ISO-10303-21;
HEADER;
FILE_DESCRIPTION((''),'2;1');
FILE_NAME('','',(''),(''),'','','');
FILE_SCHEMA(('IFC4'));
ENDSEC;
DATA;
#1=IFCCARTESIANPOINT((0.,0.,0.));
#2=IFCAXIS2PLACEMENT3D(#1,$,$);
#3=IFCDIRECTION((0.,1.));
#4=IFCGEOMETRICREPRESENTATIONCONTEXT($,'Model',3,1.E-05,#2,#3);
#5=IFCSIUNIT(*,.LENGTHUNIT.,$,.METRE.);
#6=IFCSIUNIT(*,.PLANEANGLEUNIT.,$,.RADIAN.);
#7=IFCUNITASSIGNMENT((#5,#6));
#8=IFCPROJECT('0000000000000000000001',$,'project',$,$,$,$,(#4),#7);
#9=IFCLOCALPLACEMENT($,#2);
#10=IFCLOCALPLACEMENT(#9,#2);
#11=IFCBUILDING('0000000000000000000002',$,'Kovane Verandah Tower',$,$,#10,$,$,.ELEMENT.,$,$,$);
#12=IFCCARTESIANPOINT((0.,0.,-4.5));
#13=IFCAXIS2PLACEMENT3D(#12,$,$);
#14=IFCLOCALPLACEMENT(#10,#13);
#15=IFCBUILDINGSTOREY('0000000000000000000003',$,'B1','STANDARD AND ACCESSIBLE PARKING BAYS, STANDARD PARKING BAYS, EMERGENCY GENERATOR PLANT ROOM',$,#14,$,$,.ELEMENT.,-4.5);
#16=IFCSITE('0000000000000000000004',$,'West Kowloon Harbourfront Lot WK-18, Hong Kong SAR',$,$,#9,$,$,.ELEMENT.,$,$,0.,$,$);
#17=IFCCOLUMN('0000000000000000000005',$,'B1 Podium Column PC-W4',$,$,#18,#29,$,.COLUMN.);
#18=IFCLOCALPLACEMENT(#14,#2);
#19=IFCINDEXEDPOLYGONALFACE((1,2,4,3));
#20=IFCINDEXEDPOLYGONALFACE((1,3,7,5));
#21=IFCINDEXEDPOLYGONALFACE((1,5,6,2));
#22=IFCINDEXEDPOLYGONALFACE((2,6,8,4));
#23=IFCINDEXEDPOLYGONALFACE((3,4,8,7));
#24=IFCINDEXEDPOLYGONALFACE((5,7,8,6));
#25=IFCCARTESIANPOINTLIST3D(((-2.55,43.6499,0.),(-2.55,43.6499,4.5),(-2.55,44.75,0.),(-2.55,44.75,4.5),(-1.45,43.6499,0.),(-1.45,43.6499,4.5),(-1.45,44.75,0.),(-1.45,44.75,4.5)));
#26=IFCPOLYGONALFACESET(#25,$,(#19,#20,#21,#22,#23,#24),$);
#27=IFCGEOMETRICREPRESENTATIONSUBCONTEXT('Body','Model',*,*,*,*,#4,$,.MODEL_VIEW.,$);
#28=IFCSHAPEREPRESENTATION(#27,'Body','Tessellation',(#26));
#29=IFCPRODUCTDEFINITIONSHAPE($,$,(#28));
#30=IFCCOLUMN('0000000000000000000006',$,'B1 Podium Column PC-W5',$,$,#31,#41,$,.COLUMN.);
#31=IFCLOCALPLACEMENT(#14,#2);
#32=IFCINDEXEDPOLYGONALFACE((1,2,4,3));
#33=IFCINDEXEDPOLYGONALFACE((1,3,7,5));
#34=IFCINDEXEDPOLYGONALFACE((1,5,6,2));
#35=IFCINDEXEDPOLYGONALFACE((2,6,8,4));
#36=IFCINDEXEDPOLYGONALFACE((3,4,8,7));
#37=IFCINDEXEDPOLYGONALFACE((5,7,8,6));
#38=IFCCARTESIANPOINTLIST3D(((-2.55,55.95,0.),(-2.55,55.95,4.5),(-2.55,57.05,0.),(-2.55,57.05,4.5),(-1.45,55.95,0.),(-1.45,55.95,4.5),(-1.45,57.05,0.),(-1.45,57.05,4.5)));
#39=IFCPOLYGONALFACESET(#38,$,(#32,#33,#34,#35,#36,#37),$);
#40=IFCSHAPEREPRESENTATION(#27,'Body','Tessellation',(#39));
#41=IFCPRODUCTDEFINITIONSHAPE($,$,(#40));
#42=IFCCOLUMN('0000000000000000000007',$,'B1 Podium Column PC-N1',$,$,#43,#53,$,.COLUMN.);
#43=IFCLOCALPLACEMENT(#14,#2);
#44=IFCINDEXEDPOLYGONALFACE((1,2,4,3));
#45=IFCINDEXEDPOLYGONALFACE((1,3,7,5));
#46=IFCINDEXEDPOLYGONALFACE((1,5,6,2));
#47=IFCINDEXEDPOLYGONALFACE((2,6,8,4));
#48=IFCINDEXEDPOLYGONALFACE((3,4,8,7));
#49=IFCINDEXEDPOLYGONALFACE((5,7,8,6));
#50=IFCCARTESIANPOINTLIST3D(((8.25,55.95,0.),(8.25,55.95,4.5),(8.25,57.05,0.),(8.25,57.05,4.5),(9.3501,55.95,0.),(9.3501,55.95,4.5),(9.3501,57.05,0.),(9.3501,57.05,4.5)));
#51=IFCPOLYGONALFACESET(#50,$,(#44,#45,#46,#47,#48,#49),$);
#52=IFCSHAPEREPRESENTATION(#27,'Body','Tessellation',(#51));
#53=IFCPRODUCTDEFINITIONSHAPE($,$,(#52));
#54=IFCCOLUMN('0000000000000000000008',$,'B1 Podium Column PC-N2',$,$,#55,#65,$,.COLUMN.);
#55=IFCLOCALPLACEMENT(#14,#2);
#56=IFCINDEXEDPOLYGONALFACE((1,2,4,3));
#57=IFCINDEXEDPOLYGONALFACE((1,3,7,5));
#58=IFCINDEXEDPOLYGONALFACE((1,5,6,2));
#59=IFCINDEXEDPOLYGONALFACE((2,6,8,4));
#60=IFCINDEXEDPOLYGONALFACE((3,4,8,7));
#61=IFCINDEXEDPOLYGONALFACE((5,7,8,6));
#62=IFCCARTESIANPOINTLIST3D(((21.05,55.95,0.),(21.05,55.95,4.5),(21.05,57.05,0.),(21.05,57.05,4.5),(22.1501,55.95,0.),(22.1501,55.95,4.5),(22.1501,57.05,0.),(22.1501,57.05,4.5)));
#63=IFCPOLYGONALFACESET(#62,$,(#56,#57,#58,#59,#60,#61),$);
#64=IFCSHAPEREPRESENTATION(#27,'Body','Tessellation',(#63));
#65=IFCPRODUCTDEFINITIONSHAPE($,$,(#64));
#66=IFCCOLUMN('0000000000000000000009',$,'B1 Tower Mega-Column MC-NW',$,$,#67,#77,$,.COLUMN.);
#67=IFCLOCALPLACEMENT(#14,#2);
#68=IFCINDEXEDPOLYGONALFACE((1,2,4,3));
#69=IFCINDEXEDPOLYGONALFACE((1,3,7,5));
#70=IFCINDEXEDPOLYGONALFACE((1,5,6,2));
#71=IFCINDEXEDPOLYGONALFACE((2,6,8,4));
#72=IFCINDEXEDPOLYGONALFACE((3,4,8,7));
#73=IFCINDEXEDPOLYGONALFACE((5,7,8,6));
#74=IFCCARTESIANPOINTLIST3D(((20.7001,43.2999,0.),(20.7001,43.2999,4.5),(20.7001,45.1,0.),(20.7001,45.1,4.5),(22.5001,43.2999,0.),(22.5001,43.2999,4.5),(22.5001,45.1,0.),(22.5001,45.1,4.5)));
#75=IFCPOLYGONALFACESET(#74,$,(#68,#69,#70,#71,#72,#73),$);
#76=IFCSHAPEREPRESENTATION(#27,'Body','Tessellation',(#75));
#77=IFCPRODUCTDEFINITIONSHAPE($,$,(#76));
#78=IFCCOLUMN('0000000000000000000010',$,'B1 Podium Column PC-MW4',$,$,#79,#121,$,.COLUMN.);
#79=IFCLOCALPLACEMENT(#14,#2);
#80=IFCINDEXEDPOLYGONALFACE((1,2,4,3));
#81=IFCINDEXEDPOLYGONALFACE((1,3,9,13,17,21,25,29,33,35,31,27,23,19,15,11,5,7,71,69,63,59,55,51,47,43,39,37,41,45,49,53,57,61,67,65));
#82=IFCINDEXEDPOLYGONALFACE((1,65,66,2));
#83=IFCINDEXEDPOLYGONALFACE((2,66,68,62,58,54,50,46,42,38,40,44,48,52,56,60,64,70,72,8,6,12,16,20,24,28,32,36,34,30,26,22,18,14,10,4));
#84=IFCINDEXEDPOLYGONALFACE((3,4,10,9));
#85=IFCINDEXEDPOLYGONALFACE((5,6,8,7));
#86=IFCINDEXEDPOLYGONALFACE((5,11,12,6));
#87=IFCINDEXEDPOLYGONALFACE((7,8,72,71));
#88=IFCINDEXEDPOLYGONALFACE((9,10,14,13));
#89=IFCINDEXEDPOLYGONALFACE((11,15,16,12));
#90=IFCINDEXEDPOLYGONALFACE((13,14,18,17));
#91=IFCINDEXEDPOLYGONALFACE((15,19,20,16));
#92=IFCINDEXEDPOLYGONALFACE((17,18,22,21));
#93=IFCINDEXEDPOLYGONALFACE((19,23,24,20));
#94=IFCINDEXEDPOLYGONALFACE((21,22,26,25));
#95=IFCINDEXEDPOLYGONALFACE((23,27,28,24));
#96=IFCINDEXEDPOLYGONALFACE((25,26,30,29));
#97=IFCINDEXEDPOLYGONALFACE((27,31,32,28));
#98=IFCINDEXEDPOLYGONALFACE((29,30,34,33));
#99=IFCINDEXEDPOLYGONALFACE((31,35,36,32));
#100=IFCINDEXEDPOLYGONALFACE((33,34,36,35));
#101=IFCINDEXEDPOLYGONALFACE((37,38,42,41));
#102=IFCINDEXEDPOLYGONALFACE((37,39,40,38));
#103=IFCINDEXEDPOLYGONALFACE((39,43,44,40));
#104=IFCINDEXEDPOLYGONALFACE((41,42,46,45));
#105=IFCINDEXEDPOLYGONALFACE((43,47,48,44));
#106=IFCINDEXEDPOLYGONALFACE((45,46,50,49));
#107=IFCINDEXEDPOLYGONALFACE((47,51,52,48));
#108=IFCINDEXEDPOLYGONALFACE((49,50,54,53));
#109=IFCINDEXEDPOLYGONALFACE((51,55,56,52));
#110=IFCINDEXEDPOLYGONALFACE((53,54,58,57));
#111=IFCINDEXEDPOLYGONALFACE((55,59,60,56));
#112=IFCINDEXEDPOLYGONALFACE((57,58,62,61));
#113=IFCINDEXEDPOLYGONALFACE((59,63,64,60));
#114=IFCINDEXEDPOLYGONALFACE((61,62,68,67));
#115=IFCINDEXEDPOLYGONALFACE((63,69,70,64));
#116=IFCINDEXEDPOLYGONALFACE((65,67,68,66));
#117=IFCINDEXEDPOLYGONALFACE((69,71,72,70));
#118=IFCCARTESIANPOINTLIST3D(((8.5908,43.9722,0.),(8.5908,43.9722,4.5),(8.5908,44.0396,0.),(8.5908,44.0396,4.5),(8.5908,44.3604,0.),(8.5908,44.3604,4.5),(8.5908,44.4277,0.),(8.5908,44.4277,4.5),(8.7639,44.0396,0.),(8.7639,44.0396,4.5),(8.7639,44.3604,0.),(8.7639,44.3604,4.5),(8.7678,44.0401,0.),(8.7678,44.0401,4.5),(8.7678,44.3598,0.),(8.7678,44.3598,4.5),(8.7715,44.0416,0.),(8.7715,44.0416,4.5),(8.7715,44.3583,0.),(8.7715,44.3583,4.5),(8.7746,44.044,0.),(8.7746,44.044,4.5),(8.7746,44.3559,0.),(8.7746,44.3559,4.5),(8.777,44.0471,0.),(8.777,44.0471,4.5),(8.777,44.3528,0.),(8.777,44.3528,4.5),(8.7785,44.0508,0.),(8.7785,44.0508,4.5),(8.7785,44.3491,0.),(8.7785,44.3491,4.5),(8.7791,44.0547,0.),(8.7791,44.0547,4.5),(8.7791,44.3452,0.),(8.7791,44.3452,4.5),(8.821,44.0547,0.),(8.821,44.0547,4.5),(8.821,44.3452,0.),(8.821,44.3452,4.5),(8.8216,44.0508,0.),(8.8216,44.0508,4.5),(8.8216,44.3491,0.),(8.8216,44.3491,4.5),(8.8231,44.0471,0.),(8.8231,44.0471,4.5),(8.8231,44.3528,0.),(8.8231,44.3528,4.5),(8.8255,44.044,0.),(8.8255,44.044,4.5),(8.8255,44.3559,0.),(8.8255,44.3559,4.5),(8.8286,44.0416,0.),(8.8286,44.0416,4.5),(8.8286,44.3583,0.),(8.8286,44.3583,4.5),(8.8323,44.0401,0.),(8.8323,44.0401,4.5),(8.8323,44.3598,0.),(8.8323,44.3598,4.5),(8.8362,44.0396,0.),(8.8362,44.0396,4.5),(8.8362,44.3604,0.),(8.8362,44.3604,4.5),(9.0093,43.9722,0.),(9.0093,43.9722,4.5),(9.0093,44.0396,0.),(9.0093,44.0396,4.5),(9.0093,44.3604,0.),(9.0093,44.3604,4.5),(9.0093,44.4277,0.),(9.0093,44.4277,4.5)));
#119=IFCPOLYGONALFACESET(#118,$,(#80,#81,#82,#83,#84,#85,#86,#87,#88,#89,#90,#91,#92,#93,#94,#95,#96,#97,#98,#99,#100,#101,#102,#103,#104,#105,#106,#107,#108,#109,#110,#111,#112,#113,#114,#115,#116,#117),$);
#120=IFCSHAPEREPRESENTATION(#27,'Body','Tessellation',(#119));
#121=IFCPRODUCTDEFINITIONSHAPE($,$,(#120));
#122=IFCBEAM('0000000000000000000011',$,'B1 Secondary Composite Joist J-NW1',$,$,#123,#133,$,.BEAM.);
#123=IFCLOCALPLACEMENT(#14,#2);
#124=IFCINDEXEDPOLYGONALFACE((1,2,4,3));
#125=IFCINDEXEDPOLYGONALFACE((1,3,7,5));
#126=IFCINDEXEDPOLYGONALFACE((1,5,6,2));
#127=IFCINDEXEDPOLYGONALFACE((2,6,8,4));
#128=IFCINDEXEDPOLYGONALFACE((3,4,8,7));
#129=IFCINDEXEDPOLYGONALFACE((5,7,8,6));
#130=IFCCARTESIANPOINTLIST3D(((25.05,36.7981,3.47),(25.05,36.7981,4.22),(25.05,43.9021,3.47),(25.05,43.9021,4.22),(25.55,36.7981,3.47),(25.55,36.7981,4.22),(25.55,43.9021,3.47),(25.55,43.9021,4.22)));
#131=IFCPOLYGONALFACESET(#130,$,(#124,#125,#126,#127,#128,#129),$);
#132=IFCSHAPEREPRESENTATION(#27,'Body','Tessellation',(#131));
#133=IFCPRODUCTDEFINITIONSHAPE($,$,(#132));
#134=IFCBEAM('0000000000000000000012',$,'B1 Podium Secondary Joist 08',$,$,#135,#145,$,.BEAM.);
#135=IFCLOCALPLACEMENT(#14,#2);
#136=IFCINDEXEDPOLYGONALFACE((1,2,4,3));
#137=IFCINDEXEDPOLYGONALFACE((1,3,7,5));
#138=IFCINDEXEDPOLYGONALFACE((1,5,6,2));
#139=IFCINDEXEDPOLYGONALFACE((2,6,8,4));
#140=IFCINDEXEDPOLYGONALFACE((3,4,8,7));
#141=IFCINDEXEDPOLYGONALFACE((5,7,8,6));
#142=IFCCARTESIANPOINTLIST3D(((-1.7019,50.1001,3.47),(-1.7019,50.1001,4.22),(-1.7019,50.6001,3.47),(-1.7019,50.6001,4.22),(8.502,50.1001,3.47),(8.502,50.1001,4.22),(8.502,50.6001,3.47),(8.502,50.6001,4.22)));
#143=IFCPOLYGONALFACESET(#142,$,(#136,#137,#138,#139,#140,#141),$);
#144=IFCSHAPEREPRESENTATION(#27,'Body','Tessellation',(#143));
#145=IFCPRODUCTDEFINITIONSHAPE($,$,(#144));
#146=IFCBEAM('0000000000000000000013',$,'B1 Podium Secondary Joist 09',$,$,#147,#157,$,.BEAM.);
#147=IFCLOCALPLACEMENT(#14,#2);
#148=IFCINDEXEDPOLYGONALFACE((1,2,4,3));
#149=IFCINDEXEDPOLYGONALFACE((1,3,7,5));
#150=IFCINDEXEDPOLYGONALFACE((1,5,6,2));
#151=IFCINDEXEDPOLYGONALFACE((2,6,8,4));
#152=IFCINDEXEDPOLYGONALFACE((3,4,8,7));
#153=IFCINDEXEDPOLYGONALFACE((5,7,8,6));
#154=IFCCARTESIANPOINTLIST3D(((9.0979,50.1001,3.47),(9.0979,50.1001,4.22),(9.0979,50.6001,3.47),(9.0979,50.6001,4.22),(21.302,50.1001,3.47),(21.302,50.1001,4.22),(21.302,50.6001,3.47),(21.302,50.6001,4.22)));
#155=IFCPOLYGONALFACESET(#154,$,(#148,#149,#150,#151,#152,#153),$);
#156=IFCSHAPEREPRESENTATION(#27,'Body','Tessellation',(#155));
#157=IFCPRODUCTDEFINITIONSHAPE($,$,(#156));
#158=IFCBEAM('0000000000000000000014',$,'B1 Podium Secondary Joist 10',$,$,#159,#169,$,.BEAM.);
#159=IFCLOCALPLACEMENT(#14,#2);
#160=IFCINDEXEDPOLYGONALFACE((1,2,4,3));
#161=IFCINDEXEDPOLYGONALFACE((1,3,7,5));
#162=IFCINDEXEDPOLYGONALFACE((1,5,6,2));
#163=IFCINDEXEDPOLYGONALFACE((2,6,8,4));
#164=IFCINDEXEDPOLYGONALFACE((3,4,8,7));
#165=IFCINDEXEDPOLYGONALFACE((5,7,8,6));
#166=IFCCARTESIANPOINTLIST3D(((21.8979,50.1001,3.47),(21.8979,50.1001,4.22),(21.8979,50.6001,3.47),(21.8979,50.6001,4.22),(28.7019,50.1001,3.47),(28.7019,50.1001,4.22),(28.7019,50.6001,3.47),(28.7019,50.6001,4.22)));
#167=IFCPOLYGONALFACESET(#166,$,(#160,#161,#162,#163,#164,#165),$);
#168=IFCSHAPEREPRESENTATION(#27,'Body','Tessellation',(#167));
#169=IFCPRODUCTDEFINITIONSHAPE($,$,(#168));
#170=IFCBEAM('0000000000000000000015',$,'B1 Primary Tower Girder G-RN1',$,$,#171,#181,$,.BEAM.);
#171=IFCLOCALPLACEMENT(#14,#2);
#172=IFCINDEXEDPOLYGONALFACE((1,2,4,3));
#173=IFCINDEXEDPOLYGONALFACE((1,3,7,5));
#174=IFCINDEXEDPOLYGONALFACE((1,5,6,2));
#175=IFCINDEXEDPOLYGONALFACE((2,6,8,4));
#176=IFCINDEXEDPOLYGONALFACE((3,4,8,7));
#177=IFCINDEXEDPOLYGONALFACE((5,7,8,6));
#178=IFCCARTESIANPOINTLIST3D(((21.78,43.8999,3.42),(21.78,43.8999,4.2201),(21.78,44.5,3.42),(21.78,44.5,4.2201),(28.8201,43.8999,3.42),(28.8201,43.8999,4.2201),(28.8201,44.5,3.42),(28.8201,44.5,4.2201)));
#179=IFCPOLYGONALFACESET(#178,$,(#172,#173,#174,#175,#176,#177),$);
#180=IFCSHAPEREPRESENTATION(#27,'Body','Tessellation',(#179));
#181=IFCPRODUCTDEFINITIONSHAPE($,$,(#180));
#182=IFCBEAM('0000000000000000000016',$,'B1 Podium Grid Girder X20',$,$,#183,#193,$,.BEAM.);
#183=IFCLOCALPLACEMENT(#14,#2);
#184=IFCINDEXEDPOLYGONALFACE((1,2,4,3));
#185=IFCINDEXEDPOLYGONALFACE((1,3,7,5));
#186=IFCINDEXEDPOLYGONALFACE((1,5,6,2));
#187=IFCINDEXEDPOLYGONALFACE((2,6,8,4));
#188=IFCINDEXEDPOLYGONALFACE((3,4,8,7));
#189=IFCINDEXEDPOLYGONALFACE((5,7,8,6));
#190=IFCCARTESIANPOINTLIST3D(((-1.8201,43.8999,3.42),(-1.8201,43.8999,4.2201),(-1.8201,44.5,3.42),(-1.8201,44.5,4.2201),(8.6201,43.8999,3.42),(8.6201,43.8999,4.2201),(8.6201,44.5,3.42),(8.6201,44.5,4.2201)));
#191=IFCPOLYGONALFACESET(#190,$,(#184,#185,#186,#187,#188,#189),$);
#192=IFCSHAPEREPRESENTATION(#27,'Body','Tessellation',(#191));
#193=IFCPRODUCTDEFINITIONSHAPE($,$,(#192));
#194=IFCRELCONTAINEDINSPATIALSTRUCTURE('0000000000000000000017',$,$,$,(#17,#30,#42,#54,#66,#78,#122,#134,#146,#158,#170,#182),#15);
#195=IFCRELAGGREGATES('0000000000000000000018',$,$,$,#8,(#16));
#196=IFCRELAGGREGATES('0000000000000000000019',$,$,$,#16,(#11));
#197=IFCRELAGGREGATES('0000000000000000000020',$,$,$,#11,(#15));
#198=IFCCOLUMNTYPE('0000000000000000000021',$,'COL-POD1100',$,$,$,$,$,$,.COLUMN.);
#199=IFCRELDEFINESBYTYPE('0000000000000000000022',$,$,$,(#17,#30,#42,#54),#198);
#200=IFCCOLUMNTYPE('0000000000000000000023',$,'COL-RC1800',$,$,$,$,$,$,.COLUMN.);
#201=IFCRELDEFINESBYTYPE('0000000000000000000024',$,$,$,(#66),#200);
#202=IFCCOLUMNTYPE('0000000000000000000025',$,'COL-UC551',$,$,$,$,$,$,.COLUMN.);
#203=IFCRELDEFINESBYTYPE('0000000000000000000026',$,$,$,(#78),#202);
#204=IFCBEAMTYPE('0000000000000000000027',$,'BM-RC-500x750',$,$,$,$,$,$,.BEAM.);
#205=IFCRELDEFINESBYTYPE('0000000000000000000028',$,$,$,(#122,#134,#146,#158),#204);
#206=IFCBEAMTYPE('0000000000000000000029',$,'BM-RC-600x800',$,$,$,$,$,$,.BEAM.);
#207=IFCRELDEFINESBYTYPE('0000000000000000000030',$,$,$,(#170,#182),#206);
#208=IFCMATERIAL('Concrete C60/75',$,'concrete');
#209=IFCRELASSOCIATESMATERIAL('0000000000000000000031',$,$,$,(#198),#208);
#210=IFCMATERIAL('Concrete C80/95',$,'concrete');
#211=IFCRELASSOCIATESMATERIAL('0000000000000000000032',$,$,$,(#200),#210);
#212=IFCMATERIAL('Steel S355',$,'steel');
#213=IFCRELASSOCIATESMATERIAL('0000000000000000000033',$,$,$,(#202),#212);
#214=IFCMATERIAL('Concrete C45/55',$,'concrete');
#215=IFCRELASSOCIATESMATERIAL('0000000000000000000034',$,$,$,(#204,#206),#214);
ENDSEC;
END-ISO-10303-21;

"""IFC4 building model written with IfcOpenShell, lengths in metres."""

from ifc_helpers import new_model, si_unit, direction, frame, origin, origin_2d, place, context, subcontext, project, spatial, rectangle, i_section, extrude, material, material_profile, profile_set, type_object, element, save


model = new_model("IFC4")

# Units and contexts
model_context = context("Model", 3, precision=1e-05, world=origin(), true_north=direction((0.0, 1.0)))
body_context = subcontext(model_context, "Body", "Model", "MODEL_VIEW")
ifc_project = project(units=[si_unit("LENGTHUNIT", "METRE"), si_unit("PLANEANGLEUNIT", "RADIAN")], contexts=[model_context])

# Site, building, storey
site_placement = place(None, origin())
site = spatial("IfcSite", under=ifc_project, at=site_placement, Name="West Kowloon Harbourfront Lot WK-18, Hong Kong SAR", CompositionType="ELEMENT", RefElevation=0.0)
building_placement = place(site_placement, origin())
building = spatial("IfcBuilding", under=site, at=building_placement, Name="Kovane Verandah Tower", CompositionType="ELEMENT")
storey_placement = place(building_placement, frame((0.0, 0.0, -4.5)))
storey = spatial("IfcBuildingStorey", under=building, at=storey_placement, Name="B1", Description="STANDARD AND ACCESSIBLE PARKING BAYS, STANDARD PARKING BAYS, EMERGENCY GENERATOR PLANT ROOM", CompositionType="ELEMENT", Elevation=-4.5)

# Columns
ifc_material_1 = material(Name="Concrete C60/75", Category="concrete")
ifc_material_profile_1 = material_profile(ifc_material_1, rectangle(XDim=1.1001, YDim=1.1001, at=origin_2d()), Name="RC1100x1100")
ifc_profile_set_1 = profile_set([ifc_material_profile_1], Name="Concrete C60/75")
column_type_1 = type_object("IfcColumnType", Name="COL-POD1100", PredefinedType="COLUMN", material=ifc_profile_set_1)
for number, where, z_axis, x_axis, name in (
    (1, (-2.0, 44.2, 0.0), (0.0, 0.0, 1.0), (1.0, 0.0, 0.0), "B1 Podium Column PC-W4"),
    (2, (-2.0, 56.5, 0.0), (0.0, 0.0, 1.0), (1.0, 0.0, 0.0), "B1 Podium Column PC-W5"),
    (3, (8.8, 56.5, 0.0), (0.0, 0.0, 1.0), (1.0, 0.0, 0.0), "B1 Podium Column PC-N1"),
    (4, (21.6001, 56.5, 0.0), (0.0, 0.0, 1.0), (1.0, 0.0, 0.0), "B1 Podium Column PC-N2"),
):
    element("IfcColumn", number, at=place(storey_placement, frame(where, z_axis=z_axis, x_axis=x_axis)), inside=storey, type_object=column_type_1, Name=name, PredefinedType="COLUMN", context=body_context, shape_type="SweptSolid", body=[
        extrude(rectangle(XDim=1.1001, YDim=1.1001, at=origin_2d()), origin(), (0.0, 0.0, 1.0), 4.5),
    ])
ifc_material_2 = material(Name="Concrete C80/95", Category="concrete")
ifc_material_profile_2 = material_profile(ifc_material_2, rectangle(XDim=1.8, YDim=1.8, at=origin_2d()), Name="RC1800x1800")
ifc_profile_set_2 = profile_set([ifc_material_profile_2], Name="Concrete C80/95")
column_type_2 = type_object("IfcColumnType", Name="COL-RC1800", PredefinedType="COLUMN", material=ifc_profile_set_2)
column_1_placement = place(storey_placement, frame((21.6001, 44.2, 0.0), z_axis=(0.0, 0.0, 1.0), x_axis=(1.0, 0.0, 0.0)))
element("IfcColumn", 5, at=column_1_placement, inside=storey, type_object=column_type_2, Name="B1 Tower Mega-Column MC-NW", PredefinedType="COLUMN", context=body_context, shape_type="SweptSolid", body=[
    extrude(rectangle(XDim=1.8, YDim=1.8, at=origin_2d()), origin(), (0.0, 0.0, 1.0), 4.5),
])
ifc_material_3 = material(Name="Steel S355", Category="steel")
ifc_material_profile_3 = material_profile(ifc_material_3, i_section(OverallWidth=0.4185, OverallDepth=0.4556, WebThickness=0.042, FlangeThickness=0.0674, FilletRadius=0.0151, at=origin_2d()), Name="UC356x406x551")
ifc_profile_set_3 = profile_set([ifc_material_profile_3], Name="Steel S355")
column_type_3 = type_object("IfcColumnType", Name="COL-UC551", PredefinedType="COLUMN", material=ifc_profile_set_3)
column_2_placement = place(storey_placement, frame((8.8, 44.2, 0.0), z_axis=(0.0, 0.0, 1.0), x_axis=(1.0, 0.0, 0.0)))
element("IfcColumn", 6, at=column_2_placement, inside=storey, type_object=column_type_3, Name="B1 Podium Column PC-MW4", PredefinedType="COLUMN", context=body_context, shape_type="SweptSolid", body=[
    extrude(i_section(OverallWidth=0.4185, OverallDepth=0.4556, WebThickness=0.042, FlangeThickness=0.0674, FilletRadius=0.0151, at=origin_2d()), origin(), (0.0, 0.0, 1.0), 4.5),
])

# Beams
ifc_material_4 = material(Name="Concrete C45/55", Category="concrete")
ifc_material_profile_4 = material_profile(ifc_material_4, rectangle(XDim=0.5, YDim=0.75, at=origin_2d()), Name="RCB500x750")
ifc_profile_set_4 = profile_set([ifc_material_profile_4], Name="Concrete C45/55")
beam_type_1 = type_object("IfcBeamType", Name="BM-RC-500x750", PredefinedType="BEAM", material=ifc_profile_set_4)
beam_1_placement = place(storey_placement, frame((25.3, 36.7981, 3.845), z_axis=(0.0, 1.0, 0.0), x_axis=(-1.0, 0.0, 0.0)))
element("IfcBeam", 7, at=beam_1_placement, inside=storey, type_object=beam_type_1, Name="B1 Secondary Composite Joist J-NW1", PredefinedType="BEAM", context=body_context, shape_type="SweptSolid", body=[
    extrude(rectangle(XDim=0.5, YDim=0.75, at=origin_2d()), origin(), (0.0, 0.0, 1.0), 7.104),
])
beam_2_placement = place(storey_placement, frame((-1.7019, 50.3501, 3.845), z_axis=(1.0, 0.0, 0.0), x_axis=(0.0, 1.0, 0.0)))
element("IfcBeam", 8, at=beam_2_placement, inside=storey, type_object=beam_type_1, Name="B1 Podium Secondary Joist 08", PredefinedType="BEAM", context=body_context, shape_type="SweptSolid", body=[
    extrude(rectangle(XDim=0.5, YDim=0.75, at=origin_2d()), origin(), (0.0, 0.0, 1.0), 10.2039),
])
beam_3_placement = place(storey_placement, frame((9.0979, 50.3501, 3.845), z_axis=(1.0, 0.0, 0.0), x_axis=(0.0, 1.0, 0.0)))
element("IfcBeam", 9, at=beam_3_placement, inside=storey, type_object=beam_type_1, Name="B1 Podium Secondary Joist 09", PredefinedType="BEAM", context=body_context, shape_type="SweptSolid", body=[
    extrude(rectangle(XDim=0.5, YDim=0.75, at=origin_2d()), origin(), (0.0, 0.0, 1.0), 12.2041),
])
beam_4_placement = place(storey_placement, frame((21.8979, 50.3501, 3.845), z_axis=(1.0, 0.0, 0.0), x_axis=(0.0, 1.0, 0.0)))
element("IfcBeam", 10, at=beam_4_placement, inside=storey, type_object=beam_type_1, Name="B1 Podium Secondary Joist 10", PredefinedType="BEAM", context=body_context, shape_type="SweptSolid", body=[
    extrude(rectangle(XDim=0.5, YDim=0.75, at=origin_2d()), origin(), (0.0, 0.0, 1.0), 6.804),
])
ifc_material_profile_5 = material_profile(ifc_material_4, rectangle(XDim=0.6001, YDim=0.8, at=origin_2d()), Name="RCB600x800")
ifc_profile_set_5 = profile_set([ifc_material_profile_5], Name="Concrete C45/55")
beam_type_2 = type_object("IfcBeamType", Name="BM-RC-600x800", PredefinedType="BEAM", material=ifc_profile_set_5)
beam_5_placement = place(storey_placement, frame((21.78, 44.2, 3.8201), z_axis=(1.0, 0.0, 0.0), x_axis=(0.0, 1.0, 0.0)))
element("IfcBeam", 11, at=beam_5_placement, inside=storey, type_object=beam_type_2, Name="B1 Primary Tower Girder G-RN1", PredefinedType="BEAM", context=body_context, shape_type="SweptSolid", body=[
    extrude(rectangle(XDim=0.6001, YDim=0.8, at=origin_2d()), origin(), (0.0, 0.0, 1.0), 7.04),
])
beam_6_placement = place(storey_placement, frame((-1.8201, 44.2, 3.8201), z_axis=(1.0, 0.0, 0.0), x_axis=(0.0, 1.0, 0.0)))
element("IfcBeam", 12, at=beam_6_placement, inside=storey, type_object=beam_type_2, Name="B1 Podium Grid Girder X20", PredefinedType="BEAM", context=body_context, shape_type="SweptSolid", body=[
    extrude(rectangle(XDim=0.6001, YDim=0.8, at=origin_2d()), origin(), (0.0, 0.0, 1.0), 10.4402),
])

save(model, "model.ifc")
